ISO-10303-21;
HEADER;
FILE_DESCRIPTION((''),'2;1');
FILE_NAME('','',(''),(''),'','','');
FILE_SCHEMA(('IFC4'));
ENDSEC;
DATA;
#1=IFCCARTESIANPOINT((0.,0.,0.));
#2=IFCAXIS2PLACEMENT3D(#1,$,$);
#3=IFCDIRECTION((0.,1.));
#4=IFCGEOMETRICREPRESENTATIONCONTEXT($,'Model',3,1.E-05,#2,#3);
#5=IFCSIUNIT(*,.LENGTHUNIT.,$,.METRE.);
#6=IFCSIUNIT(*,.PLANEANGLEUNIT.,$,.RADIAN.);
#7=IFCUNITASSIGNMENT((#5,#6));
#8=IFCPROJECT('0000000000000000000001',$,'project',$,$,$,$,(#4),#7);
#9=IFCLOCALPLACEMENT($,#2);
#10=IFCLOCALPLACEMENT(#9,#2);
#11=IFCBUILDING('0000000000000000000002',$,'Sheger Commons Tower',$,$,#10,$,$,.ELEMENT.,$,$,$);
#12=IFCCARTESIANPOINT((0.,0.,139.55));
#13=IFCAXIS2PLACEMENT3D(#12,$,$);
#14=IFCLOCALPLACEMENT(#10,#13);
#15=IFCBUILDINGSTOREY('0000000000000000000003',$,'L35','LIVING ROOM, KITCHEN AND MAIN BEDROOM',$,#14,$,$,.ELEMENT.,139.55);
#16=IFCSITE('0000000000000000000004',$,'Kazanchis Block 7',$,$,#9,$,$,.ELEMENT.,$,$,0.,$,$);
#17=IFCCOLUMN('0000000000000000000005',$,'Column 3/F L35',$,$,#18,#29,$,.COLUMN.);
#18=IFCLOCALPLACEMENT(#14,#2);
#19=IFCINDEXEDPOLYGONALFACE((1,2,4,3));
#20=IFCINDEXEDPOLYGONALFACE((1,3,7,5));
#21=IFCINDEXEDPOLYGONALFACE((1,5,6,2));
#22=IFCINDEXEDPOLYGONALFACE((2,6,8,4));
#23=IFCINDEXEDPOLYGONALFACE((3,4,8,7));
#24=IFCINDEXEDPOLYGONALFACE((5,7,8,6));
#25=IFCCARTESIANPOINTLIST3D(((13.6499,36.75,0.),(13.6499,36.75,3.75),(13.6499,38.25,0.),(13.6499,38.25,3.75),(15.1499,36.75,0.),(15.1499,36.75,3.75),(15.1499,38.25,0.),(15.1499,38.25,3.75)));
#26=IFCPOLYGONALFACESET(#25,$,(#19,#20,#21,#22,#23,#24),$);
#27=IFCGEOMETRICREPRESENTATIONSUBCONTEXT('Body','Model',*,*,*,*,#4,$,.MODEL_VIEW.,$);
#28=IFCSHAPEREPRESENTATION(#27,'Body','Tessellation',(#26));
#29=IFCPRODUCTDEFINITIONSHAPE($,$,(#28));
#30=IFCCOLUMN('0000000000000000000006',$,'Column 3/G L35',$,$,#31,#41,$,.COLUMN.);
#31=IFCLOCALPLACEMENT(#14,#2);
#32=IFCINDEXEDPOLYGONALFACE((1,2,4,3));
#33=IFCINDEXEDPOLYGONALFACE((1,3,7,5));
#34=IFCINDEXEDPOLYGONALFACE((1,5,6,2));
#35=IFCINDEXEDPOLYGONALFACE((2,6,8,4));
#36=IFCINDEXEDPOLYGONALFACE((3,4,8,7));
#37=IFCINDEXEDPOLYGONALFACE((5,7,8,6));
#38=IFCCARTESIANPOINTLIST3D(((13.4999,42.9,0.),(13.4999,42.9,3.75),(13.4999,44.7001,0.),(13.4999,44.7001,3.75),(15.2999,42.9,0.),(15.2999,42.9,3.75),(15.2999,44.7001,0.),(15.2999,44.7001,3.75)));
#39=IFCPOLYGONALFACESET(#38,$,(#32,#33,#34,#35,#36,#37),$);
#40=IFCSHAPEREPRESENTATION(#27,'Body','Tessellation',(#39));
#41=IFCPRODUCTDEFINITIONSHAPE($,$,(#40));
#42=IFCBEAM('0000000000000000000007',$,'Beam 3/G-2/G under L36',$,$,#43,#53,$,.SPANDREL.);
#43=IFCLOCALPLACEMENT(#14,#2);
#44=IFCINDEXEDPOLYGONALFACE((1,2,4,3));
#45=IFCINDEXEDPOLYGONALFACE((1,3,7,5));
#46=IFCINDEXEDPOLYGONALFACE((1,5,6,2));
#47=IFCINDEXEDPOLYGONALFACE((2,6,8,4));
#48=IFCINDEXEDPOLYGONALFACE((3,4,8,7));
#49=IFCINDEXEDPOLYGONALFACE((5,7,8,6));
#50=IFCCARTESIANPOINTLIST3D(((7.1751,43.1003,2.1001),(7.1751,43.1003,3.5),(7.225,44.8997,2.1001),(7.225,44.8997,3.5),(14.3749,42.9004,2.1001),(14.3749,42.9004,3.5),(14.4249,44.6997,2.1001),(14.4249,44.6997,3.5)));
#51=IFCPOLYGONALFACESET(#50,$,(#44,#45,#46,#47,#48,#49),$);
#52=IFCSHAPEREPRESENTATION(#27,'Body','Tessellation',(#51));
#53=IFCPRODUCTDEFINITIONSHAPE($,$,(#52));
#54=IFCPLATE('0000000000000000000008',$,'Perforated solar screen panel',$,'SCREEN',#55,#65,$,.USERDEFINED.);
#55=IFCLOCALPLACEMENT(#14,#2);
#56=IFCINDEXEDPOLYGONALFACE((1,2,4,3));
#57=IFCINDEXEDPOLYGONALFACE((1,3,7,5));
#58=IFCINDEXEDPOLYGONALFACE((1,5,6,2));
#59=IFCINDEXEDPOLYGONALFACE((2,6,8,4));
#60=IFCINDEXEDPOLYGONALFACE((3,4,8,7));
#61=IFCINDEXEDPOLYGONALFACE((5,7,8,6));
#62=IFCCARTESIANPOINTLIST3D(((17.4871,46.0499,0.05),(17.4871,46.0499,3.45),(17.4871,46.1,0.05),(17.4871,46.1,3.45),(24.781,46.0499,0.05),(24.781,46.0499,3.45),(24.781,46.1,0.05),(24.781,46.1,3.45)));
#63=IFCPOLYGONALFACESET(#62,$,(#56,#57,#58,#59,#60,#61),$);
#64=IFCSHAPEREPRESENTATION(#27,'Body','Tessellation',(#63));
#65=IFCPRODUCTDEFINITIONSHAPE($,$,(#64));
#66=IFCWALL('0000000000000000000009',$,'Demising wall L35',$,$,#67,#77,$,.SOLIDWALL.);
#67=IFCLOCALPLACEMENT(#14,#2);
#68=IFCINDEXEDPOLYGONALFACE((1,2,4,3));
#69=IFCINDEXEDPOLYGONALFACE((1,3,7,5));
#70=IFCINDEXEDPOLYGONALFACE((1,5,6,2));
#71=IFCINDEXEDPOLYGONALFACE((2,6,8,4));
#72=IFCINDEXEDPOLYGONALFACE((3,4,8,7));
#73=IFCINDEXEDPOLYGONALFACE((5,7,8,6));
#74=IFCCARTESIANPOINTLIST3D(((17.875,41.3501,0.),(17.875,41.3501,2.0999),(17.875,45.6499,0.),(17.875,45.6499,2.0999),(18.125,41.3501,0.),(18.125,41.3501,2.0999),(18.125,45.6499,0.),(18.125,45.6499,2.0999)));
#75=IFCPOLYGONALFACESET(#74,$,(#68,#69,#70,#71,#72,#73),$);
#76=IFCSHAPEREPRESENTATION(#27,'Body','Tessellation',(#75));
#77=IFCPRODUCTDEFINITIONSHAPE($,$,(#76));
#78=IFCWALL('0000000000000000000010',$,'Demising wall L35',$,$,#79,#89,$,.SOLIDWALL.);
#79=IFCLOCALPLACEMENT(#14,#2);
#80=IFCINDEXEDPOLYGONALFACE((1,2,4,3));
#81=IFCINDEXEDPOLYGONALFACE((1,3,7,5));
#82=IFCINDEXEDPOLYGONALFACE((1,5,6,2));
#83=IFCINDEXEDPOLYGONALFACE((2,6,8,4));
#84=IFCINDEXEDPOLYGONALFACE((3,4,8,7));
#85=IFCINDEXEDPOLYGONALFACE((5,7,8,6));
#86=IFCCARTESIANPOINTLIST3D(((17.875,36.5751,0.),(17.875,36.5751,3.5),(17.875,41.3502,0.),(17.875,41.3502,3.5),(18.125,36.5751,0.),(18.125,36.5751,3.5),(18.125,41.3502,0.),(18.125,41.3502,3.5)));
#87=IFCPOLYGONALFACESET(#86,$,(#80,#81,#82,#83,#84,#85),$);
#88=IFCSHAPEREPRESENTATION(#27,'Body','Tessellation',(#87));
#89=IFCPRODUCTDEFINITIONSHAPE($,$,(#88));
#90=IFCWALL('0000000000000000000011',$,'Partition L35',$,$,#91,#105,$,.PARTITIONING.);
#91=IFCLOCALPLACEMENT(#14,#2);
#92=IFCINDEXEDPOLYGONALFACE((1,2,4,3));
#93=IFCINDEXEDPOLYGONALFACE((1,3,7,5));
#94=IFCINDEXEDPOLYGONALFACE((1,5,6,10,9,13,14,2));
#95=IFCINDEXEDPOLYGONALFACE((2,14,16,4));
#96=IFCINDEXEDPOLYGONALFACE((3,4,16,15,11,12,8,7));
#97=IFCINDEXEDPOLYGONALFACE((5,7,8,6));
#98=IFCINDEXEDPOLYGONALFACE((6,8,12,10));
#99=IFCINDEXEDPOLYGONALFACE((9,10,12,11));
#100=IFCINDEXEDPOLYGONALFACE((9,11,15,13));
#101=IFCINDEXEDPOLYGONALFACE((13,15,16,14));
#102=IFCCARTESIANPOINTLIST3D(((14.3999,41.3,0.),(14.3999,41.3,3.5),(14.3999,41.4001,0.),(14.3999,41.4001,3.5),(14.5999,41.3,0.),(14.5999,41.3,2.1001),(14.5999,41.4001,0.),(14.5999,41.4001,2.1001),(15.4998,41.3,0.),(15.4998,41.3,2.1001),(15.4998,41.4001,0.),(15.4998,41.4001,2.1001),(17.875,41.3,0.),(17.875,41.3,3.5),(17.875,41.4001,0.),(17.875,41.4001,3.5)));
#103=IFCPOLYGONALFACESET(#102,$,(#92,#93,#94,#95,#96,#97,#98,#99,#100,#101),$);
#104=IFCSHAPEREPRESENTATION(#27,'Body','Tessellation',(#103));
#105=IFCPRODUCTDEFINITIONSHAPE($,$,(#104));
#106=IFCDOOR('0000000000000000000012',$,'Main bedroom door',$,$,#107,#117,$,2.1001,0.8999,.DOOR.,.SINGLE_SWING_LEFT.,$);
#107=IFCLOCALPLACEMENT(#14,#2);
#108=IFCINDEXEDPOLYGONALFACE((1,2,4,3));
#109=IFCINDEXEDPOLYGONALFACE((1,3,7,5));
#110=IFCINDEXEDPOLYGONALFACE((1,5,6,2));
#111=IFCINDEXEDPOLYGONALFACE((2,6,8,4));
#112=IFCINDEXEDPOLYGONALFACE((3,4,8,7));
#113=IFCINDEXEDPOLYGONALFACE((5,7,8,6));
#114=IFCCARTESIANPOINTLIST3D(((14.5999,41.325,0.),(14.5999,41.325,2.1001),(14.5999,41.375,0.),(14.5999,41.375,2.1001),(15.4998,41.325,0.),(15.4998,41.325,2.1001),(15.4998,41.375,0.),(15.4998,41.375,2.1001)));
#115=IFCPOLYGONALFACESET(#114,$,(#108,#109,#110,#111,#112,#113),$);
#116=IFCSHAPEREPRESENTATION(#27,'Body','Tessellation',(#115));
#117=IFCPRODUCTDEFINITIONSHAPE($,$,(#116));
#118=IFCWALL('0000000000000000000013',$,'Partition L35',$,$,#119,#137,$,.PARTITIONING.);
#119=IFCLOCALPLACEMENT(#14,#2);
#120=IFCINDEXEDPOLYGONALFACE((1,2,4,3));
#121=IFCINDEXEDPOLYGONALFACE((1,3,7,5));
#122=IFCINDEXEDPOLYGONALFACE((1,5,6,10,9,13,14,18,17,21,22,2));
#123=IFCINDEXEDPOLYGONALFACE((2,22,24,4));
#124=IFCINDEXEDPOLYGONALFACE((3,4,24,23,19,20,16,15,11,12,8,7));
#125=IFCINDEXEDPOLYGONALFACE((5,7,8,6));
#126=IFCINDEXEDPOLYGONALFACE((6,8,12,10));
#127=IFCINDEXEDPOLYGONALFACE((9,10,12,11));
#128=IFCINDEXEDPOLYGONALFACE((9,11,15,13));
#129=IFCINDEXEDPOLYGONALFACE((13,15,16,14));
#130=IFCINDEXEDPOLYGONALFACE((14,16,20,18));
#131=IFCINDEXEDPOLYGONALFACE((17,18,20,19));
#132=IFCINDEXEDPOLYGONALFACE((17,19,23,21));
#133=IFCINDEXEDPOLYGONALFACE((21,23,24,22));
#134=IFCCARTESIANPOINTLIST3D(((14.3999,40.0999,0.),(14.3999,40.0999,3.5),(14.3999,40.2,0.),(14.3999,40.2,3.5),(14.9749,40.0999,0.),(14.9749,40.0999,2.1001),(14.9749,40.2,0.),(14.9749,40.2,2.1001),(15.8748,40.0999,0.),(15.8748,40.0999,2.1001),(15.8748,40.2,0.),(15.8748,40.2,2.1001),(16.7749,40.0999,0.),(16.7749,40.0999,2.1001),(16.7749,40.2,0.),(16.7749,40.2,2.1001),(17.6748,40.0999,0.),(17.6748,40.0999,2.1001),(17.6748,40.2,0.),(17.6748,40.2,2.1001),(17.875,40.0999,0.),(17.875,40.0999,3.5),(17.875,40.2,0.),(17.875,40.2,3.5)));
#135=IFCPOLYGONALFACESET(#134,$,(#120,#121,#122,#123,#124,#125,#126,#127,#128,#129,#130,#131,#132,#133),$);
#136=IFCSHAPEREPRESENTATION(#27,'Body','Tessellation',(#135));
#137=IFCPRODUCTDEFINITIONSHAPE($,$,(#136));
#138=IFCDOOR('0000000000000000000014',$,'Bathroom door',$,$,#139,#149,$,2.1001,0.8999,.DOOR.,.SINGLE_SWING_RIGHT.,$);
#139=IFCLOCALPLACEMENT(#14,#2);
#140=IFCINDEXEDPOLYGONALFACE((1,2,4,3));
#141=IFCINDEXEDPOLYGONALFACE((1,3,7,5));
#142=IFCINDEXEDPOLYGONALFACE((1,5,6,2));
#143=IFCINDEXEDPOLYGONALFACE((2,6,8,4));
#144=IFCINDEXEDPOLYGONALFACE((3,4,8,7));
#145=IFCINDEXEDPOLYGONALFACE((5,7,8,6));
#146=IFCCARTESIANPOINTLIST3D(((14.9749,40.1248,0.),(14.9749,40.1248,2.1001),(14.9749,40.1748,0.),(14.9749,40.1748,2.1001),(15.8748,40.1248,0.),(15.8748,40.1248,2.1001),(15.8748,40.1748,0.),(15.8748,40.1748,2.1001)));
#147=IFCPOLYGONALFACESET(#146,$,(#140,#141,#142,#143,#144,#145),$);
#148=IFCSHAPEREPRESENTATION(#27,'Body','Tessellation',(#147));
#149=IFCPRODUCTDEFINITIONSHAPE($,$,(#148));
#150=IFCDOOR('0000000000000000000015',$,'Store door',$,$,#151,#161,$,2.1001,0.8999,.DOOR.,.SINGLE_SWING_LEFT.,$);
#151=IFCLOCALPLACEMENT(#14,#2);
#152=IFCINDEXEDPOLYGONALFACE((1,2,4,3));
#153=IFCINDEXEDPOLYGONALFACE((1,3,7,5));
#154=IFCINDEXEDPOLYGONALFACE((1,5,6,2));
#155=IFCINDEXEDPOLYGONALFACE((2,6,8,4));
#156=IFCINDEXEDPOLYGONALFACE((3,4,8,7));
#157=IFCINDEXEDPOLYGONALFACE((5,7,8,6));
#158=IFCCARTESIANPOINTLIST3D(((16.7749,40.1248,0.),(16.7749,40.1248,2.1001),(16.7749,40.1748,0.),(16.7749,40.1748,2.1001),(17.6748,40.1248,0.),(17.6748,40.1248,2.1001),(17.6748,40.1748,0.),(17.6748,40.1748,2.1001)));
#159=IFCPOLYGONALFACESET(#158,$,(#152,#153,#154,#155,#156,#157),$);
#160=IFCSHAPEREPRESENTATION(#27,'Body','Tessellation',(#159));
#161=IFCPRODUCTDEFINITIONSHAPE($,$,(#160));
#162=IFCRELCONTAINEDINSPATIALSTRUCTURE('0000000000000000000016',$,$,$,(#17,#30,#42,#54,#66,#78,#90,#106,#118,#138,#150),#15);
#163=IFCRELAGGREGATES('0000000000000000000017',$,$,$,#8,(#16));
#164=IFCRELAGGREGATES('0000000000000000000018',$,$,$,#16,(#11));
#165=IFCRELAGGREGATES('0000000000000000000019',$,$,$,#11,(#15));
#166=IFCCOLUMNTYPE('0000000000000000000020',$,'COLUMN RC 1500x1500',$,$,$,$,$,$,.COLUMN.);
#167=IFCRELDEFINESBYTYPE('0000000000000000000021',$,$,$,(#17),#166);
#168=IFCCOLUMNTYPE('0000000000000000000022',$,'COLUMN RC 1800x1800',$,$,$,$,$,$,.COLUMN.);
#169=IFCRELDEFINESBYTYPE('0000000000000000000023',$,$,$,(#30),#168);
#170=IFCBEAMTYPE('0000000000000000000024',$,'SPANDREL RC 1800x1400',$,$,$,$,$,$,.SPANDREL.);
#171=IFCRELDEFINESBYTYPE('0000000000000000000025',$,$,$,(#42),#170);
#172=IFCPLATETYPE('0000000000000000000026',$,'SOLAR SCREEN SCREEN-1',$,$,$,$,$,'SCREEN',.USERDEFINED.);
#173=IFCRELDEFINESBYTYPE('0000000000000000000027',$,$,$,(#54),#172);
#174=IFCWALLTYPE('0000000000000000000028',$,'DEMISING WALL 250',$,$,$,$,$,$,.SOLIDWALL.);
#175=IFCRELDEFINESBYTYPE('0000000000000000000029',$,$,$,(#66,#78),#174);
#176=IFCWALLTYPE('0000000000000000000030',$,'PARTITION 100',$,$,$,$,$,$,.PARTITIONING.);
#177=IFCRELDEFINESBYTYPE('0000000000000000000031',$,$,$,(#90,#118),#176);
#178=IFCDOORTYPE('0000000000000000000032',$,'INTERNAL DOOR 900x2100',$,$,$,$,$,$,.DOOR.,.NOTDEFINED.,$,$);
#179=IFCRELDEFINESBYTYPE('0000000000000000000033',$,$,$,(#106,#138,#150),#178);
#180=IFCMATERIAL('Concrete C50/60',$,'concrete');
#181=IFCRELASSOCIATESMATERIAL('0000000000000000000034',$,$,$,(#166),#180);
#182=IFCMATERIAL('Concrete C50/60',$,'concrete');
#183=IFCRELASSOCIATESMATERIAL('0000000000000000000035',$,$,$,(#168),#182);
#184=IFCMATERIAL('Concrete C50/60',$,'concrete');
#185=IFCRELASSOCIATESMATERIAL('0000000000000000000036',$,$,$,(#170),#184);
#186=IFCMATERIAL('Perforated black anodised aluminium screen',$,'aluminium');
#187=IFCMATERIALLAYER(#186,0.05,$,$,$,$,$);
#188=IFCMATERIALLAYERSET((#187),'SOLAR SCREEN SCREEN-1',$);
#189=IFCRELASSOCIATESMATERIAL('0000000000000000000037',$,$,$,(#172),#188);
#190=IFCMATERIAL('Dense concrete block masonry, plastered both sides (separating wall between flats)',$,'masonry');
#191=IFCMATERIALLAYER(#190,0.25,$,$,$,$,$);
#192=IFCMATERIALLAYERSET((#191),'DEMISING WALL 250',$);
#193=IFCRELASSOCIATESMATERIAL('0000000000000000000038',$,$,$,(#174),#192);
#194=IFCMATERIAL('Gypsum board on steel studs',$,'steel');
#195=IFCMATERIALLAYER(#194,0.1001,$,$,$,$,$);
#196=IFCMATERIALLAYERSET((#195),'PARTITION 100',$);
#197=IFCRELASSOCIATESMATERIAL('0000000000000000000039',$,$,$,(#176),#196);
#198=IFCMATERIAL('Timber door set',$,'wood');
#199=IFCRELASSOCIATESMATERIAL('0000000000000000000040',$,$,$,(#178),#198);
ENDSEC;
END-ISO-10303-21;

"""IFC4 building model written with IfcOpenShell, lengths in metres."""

from ifc_helpers import new_model, si_unit, direction, frame, frame_2d, origin, origin_2d, place, context, subcontext, project, spatial, rectangle, extrude, material, layer, layer_set, material_profile, profile_set, type_object, element, fill, save


model = new_model("IFC4")

# Units and contexts
model_context = context("Model", 3, precision=1e-05, world=origin(), true_north=direction((0.0, 1.0)))
body_context = subcontext(model_context, "Body", "Model", "MODEL_VIEW")
ifc_project = project(units=[si_unit("LENGTHUNIT", "METRE"), si_unit("PLANEANGLEUNIT", "RADIAN")], contexts=[model_context])

# Site, building, storey
site_placement = place(None, origin())
site = spatial("IfcSite", under=ifc_project, at=site_placement, Name="Kazanchis Block 7", CompositionType="ELEMENT", RefElevation=0.0)
building_placement = place(site_placement, origin())
building = spatial("IfcBuilding", under=site, at=building_placement, Name="Sheger Commons Tower", CompositionType="ELEMENT")
storey_placement = place(building_placement, frame((0.0, 0.0, 139.55)))
storey = spatial("IfcBuildingStorey", under=building, at=storey_placement, Name="L35", Description="LIVING ROOM, KITCHEN AND MAIN BEDROOM", CompositionType="ELEMENT", Elevation=139.55)

# Columns
ifc_material_1 = material(Name="Concrete C50/60", Category="concrete")
ifc_material_profile_1 = material_profile(ifc_material_1, rectangle(XDim=1.5, YDim=1.5, at=origin_2d()), Name="RC 1500x1500")
ifc_profile_set_1 = profile_set([ifc_material_profile_1], Name="Concrete C50/60")
column_type_1 = type_object("IfcColumnType", Name="COLUMN RC 1500x1500", PredefinedType="COLUMN", material=ifc_profile_set_1)
column_1_placement = place(storey_placement, frame((14.3999, 37.5, 0.0), z_axis=(0.0, 0.0, 1.0), x_axis=(1.0, 0.0, 0.0)))
element("IfcColumn", 1, at=column_1_placement, inside=storey, type_object=column_type_1, Name="Column 3/F L35", PredefinedType="COLUMN", context=body_context, shape_type="SweptSolid", body=[
    extrude(rectangle(XDim=1.5, YDim=1.5, at=origin_2d()), origin(), (0.0, 0.0, 1.0), 3.75),
])
ifc_material_2 = material(Name="Concrete C50/60", Category="concrete")
ifc_material_profile_2 = material_profile(ifc_material_2, rectangle(XDim=1.8, YDim=1.8, at=origin_2d()), Name="RC 1800x1800")
ifc_profile_set_2 = profile_set([ifc_material_profile_2], Name="Concrete C50/60")
column_type_2 = type_object("IfcColumnType", Name="COLUMN RC 1800x1800", PredefinedType="COLUMN", material=ifc_profile_set_2)
column_2_placement = place(storey_placement, frame((14.3999, 43.8, 0.0), z_axis=(0.0, 0.0, 1.0), x_axis=(1.0, 0.0, 0.0)))
element("IfcColumn", 2, at=column_2_placement, inside=storey, type_object=column_type_2, Name="Column 3/G L35", PredefinedType="COLUMN", context=body_context, shape_type="SweptSolid", body=[
    extrude(rectangle(XDim=1.8, YDim=1.8, at=origin_2d()), origin(), (0.0, 0.0, 1.0), 3.75),
])

# Beam
ifc_material_3 = material(Name="Concrete C50/60", Category="concrete")
ifc_material_profile_3 = material_profile(ifc_material_3, rectangle(XDim=1.8, YDim=1.3999, at=origin_2d()), Name="RC 1800x1400")
ifc_profile_set_3 = profile_set([ifc_material_profile_3], Name="Concrete C50/60")
beam_type = type_object("IfcBeamType", Name="SPANDREL RC 1800x1400", PredefinedType="SPANDREL", material=ifc_profile_set_3)
beam_placement = place(storey_placement, frame((14.3999, 43.8, 2.8), z_axis=(-0.999615, 0.02776, 0.0), x_axis=(-0.02776, -0.999615, 0.0)))
element("IfcBeam", 3, at=beam_placement, inside=storey, type_object=beam_type, Name="Beam 3/G-2/G under L36", PredefinedType="SPANDREL", context=body_context, shape_type="SweptSolid", body=[
    extrude(rectangle(XDim=1.8, YDim=1.3999, at=origin_2d()), origin(), (0.0, 0.0, 1.0), 7.2026),
])

# Plate
ifc_material_4 = material(Name="Perforated black anodised aluminium screen", Category="aluminium")
ifc_layer_1 = layer(ifc_material_4, 0.05)
ifc_layer_set_1 = layer_set([ifc_layer_1], Name="SOLAR SCREEN SCREEN-1")
plate_type = type_object("IfcPlateType", Name="SOLAR SCREEN SCREEN-1", ElementType="SCREEN", PredefinedType="USERDEFINED", material=ifc_layer_set_1)
plate_placement = place(storey_placement, frame((21.134, 46.075, 0.05), z_axis=(0.0, 0.0, 1.0), x_axis=(-1.0, 0.0, 0.0)))
element("IfcPlate", 4, at=plate_placement, inside=storey, type_object=plate_type, Name="Perforated solar screen panel", ObjectType="SCREEN", PredefinedType="USERDEFINED", context=body_context, shape_type="SweptSolid", body=[
    extrude(rectangle(XDim=7.2939, YDim=0.05, at=origin_2d()), origin(), (0.0, 0.0, 1.0), 3.3999),
])

# Walls
ifc_material_5 = material(Name="Dense concrete block masonry, plastered both sides (separating wall between flats)", Category="masonry")
ifc_layer_2 = layer(ifc_material_5, 0.25)
ifc_layer_set_2 = layer_set([ifc_layer_2], Name="DEMISING WALL 250")
wall_type_1 = type_object("IfcWallType", Name="DEMISING WALL 250", PredefinedType="SOLIDWALL", material=ifc_layer_set_2)
wall_1_placement = place(storey_placement, frame((18.0, 41.3501, 0.0), z_axis=(0.0, 0.0, 1.0), x_axis=(0.0, 1.0, 0.0)))
element("IfcWall", 5, at=wall_1_placement, inside=storey, type_object=wall_type_1, Name="Demising wall L35", PredefinedType="SOLIDWALL", context=body_context, shape_type="SweptSolid", body=[
    extrude(rectangle(XDim=4.2998, YDim=0.25, at=frame_2d((2.1499, 0.0))), origin(), (0.0, 0.0, 1.0), 2.0999),
])
wall_2_placement = place(storey_placement, frame((18.0, 36.575, 0.0), z_axis=(0.0, 0.0, 1.0), x_axis=(0.0, 1.0, 0.0)))
element("IfcWall", 6, at=wall_2_placement, inside=storey, type_object=wall_type_1, Name="Demising wall L35", PredefinedType="SOLIDWALL", context=body_context, shape_type="SweptSolid", body=[
    extrude(rectangle(XDim=4.7751, YDim=0.25, at=frame_2d((2.3877, 0.0))), origin(), (0.0, 0.0, 1.0), 3.5),
])

# Wall, opening, door
ifc_material_6 = material(Name="Gypsum board on steel studs", Category="steel")
ifc_layer_3 = layer(ifc_material_6, 0.1001)
ifc_layer_set_3 = layer_set([ifc_layer_3], Name="PARTITION 100")
wall_type_2 = type_object("IfcWallType", Name="PARTITION 100", PredefinedType="PARTITIONING", material=ifc_layer_set_3)
wall_3_placement = place(storey_placement, frame((14.3999, 41.3501, 0.0), z_axis=(0.0, 0.0, 1.0), x_axis=(1.0, 0.0, 0.0)))
wall_3 = element("IfcWall", 7, at=wall_3_placement, inside=storey, type_object=wall_type_2, Name="Partition L35", PredefinedType="PARTITIONING", context=body_context, shape_type="SweptSolid", body=[
    extrude(rectangle(XDim=3.4751, YDim=0.1001, at=frame_2d((1.7375, 0.0))), origin(), (0.0, 0.0, 1.0), 3.5),
])
opening_1_placement = place(wall_3_placement, frame((0.2, 0.0, 0.0)))
opening_1 = element("IfcOpeningElement", 8, at=opening_1_placement, cuts=wall_3, PredefinedType="OPENING", context=body_context, shape_type="SweptSolid", body=[
    extrude(rectangle(XDim=0.8999, YDim=2.1001, at=frame_2d((0.45, 1.05))), frame((0.0, 0.0601, 0.0), z_axis=(0.0, -1.0, 0.0), x_axis=(1.0, 0.0, 0.0)), (0.0, 0.0, 1.0), 0.1201),
])
ifc_material_7 = material(Name="Timber door set", Category="wood")
door_type = type_object("IfcDoorType", Name="INTERNAL DOOR 900x2100", OperationType="NOTDEFINED", PredefinedType="DOOR", material=ifc_material_7)
door_1_placement = place(opening_1_placement, origin())
door_1 = element("IfcDoor", 9, at=door_1_placement, inside=storey, type_object=door_type, Name="Main bedroom door", OperationType="SINGLE_SWING_LEFT", OverallHeight=2.1001, OverallWidth=0.8999, PredefinedType="DOOR", context=body_context, shape_type="SweptSolid", body=[
    extrude(rectangle(XDim=0.8999, YDim=2.1001, at=frame_2d((0.45, 1.05))), frame((0.0, 0.0249, 0.0), z_axis=(0.0, -1.0, 0.0), x_axis=(1.0, 0.0, 0.0)), (0.0, 0.0, 1.0), 0.05),
])
fill(opening_1, door_1)

# Wall, openings, doors
wall_4_placement = place(storey_placement, frame((14.3999, 40.1499, 0.0), z_axis=(0.0, 0.0, 1.0), x_axis=(1.0, 0.0, 0.0)))
wall_4 = element("IfcWall", 10, at=wall_4_placement, inside=storey, type_object=wall_type_2, Name="Partition L35", PredefinedType="PARTITIONING", context=body_context, shape_type="SweptSolid", body=[
    extrude(rectangle(XDim=3.4751, YDim=0.1001, at=frame_2d((1.7375, 0.0))), origin(), (0.0, 0.0, 1.0), 3.5),
])
opening_2_placement = place(wall_4_placement, frame((0.575, 0.0, 0.0)))
opening_2 = element("IfcOpeningElement", 11, at=opening_2_placement, cuts=wall_4, PredefinedType="OPENING", context=body_context, shape_type="SweptSolid", body=[
    extrude(rectangle(XDim=0.8999, YDim=2.1001, at=frame_2d((0.45, 1.05))), frame((0.0, 0.0601, 0.0), z_axis=(0.0, -1.0, 0.0), x_axis=(1.0, 0.0, 0.0)), (0.0, 0.0, 1.0), 0.1201),
])
opening_3_placement = place(wall_4_placement, frame((2.375, 0.0, 0.0)))
opening_3 = element("IfcOpeningElement", 12, at=opening_3_placement, cuts=wall_4, PredefinedType="OPENING", context=body_context, shape_type="SweptSolid", body=[
    extrude(rectangle(XDim=0.8999, YDim=2.1001, at=frame_2d((0.45, 1.05))), frame((0.0, 0.0601, 0.0), z_axis=(0.0, -1.0, 0.0), x_axis=(1.0, 0.0, 0.0)), (0.0, 0.0, 1.0), 0.1201),
])
door_2_placement = place(opening_2_placement, origin())
door_2 = element("IfcDoor", 13, at=door_2_placement, inside=storey, type_object=door_type, Name="Bathroom door", OperationType="SINGLE_SWING_RIGHT", OverallHeight=2.1001, OverallWidth=0.8999, PredefinedType="DOOR", context=body_context, shape_type="SweptSolid", body=[
    extrude(rectangle(XDim=0.8999, YDim=2.1001, at=frame_2d((0.45, 1.05))), frame((0.0, 0.0249, 0.0), z_axis=(0.0, -1.0, 0.0), x_axis=(1.0, 0.0, 0.0)), (0.0, 0.0, 1.0), 0.05),
])
fill(opening_2, door_2)
door_3_placement = place(opening_3_placement, origin())
door_3 = element("IfcDoor", 14, at=door_3_placement, inside=storey, type_object=door_type, Name="Store door", OperationType="SINGLE_SWING_LEFT", OverallHeight=2.1001, OverallWidth=0.8999, PredefinedType="DOOR", context=body_context, shape_type="SweptSolid", body=[
    extrude(rectangle(XDim=0.8999, YDim=2.1001, at=frame_2d((0.45, 1.05))), frame((0.0, 0.0249, 0.0), z_axis=(0.0, -1.0, 0.0), x_axis=(1.0, 0.0, 0.0)), (0.0, 0.0, 1.0), 0.05),
])
fill(opening_3, door_3)

save(model, "model.ifc")
